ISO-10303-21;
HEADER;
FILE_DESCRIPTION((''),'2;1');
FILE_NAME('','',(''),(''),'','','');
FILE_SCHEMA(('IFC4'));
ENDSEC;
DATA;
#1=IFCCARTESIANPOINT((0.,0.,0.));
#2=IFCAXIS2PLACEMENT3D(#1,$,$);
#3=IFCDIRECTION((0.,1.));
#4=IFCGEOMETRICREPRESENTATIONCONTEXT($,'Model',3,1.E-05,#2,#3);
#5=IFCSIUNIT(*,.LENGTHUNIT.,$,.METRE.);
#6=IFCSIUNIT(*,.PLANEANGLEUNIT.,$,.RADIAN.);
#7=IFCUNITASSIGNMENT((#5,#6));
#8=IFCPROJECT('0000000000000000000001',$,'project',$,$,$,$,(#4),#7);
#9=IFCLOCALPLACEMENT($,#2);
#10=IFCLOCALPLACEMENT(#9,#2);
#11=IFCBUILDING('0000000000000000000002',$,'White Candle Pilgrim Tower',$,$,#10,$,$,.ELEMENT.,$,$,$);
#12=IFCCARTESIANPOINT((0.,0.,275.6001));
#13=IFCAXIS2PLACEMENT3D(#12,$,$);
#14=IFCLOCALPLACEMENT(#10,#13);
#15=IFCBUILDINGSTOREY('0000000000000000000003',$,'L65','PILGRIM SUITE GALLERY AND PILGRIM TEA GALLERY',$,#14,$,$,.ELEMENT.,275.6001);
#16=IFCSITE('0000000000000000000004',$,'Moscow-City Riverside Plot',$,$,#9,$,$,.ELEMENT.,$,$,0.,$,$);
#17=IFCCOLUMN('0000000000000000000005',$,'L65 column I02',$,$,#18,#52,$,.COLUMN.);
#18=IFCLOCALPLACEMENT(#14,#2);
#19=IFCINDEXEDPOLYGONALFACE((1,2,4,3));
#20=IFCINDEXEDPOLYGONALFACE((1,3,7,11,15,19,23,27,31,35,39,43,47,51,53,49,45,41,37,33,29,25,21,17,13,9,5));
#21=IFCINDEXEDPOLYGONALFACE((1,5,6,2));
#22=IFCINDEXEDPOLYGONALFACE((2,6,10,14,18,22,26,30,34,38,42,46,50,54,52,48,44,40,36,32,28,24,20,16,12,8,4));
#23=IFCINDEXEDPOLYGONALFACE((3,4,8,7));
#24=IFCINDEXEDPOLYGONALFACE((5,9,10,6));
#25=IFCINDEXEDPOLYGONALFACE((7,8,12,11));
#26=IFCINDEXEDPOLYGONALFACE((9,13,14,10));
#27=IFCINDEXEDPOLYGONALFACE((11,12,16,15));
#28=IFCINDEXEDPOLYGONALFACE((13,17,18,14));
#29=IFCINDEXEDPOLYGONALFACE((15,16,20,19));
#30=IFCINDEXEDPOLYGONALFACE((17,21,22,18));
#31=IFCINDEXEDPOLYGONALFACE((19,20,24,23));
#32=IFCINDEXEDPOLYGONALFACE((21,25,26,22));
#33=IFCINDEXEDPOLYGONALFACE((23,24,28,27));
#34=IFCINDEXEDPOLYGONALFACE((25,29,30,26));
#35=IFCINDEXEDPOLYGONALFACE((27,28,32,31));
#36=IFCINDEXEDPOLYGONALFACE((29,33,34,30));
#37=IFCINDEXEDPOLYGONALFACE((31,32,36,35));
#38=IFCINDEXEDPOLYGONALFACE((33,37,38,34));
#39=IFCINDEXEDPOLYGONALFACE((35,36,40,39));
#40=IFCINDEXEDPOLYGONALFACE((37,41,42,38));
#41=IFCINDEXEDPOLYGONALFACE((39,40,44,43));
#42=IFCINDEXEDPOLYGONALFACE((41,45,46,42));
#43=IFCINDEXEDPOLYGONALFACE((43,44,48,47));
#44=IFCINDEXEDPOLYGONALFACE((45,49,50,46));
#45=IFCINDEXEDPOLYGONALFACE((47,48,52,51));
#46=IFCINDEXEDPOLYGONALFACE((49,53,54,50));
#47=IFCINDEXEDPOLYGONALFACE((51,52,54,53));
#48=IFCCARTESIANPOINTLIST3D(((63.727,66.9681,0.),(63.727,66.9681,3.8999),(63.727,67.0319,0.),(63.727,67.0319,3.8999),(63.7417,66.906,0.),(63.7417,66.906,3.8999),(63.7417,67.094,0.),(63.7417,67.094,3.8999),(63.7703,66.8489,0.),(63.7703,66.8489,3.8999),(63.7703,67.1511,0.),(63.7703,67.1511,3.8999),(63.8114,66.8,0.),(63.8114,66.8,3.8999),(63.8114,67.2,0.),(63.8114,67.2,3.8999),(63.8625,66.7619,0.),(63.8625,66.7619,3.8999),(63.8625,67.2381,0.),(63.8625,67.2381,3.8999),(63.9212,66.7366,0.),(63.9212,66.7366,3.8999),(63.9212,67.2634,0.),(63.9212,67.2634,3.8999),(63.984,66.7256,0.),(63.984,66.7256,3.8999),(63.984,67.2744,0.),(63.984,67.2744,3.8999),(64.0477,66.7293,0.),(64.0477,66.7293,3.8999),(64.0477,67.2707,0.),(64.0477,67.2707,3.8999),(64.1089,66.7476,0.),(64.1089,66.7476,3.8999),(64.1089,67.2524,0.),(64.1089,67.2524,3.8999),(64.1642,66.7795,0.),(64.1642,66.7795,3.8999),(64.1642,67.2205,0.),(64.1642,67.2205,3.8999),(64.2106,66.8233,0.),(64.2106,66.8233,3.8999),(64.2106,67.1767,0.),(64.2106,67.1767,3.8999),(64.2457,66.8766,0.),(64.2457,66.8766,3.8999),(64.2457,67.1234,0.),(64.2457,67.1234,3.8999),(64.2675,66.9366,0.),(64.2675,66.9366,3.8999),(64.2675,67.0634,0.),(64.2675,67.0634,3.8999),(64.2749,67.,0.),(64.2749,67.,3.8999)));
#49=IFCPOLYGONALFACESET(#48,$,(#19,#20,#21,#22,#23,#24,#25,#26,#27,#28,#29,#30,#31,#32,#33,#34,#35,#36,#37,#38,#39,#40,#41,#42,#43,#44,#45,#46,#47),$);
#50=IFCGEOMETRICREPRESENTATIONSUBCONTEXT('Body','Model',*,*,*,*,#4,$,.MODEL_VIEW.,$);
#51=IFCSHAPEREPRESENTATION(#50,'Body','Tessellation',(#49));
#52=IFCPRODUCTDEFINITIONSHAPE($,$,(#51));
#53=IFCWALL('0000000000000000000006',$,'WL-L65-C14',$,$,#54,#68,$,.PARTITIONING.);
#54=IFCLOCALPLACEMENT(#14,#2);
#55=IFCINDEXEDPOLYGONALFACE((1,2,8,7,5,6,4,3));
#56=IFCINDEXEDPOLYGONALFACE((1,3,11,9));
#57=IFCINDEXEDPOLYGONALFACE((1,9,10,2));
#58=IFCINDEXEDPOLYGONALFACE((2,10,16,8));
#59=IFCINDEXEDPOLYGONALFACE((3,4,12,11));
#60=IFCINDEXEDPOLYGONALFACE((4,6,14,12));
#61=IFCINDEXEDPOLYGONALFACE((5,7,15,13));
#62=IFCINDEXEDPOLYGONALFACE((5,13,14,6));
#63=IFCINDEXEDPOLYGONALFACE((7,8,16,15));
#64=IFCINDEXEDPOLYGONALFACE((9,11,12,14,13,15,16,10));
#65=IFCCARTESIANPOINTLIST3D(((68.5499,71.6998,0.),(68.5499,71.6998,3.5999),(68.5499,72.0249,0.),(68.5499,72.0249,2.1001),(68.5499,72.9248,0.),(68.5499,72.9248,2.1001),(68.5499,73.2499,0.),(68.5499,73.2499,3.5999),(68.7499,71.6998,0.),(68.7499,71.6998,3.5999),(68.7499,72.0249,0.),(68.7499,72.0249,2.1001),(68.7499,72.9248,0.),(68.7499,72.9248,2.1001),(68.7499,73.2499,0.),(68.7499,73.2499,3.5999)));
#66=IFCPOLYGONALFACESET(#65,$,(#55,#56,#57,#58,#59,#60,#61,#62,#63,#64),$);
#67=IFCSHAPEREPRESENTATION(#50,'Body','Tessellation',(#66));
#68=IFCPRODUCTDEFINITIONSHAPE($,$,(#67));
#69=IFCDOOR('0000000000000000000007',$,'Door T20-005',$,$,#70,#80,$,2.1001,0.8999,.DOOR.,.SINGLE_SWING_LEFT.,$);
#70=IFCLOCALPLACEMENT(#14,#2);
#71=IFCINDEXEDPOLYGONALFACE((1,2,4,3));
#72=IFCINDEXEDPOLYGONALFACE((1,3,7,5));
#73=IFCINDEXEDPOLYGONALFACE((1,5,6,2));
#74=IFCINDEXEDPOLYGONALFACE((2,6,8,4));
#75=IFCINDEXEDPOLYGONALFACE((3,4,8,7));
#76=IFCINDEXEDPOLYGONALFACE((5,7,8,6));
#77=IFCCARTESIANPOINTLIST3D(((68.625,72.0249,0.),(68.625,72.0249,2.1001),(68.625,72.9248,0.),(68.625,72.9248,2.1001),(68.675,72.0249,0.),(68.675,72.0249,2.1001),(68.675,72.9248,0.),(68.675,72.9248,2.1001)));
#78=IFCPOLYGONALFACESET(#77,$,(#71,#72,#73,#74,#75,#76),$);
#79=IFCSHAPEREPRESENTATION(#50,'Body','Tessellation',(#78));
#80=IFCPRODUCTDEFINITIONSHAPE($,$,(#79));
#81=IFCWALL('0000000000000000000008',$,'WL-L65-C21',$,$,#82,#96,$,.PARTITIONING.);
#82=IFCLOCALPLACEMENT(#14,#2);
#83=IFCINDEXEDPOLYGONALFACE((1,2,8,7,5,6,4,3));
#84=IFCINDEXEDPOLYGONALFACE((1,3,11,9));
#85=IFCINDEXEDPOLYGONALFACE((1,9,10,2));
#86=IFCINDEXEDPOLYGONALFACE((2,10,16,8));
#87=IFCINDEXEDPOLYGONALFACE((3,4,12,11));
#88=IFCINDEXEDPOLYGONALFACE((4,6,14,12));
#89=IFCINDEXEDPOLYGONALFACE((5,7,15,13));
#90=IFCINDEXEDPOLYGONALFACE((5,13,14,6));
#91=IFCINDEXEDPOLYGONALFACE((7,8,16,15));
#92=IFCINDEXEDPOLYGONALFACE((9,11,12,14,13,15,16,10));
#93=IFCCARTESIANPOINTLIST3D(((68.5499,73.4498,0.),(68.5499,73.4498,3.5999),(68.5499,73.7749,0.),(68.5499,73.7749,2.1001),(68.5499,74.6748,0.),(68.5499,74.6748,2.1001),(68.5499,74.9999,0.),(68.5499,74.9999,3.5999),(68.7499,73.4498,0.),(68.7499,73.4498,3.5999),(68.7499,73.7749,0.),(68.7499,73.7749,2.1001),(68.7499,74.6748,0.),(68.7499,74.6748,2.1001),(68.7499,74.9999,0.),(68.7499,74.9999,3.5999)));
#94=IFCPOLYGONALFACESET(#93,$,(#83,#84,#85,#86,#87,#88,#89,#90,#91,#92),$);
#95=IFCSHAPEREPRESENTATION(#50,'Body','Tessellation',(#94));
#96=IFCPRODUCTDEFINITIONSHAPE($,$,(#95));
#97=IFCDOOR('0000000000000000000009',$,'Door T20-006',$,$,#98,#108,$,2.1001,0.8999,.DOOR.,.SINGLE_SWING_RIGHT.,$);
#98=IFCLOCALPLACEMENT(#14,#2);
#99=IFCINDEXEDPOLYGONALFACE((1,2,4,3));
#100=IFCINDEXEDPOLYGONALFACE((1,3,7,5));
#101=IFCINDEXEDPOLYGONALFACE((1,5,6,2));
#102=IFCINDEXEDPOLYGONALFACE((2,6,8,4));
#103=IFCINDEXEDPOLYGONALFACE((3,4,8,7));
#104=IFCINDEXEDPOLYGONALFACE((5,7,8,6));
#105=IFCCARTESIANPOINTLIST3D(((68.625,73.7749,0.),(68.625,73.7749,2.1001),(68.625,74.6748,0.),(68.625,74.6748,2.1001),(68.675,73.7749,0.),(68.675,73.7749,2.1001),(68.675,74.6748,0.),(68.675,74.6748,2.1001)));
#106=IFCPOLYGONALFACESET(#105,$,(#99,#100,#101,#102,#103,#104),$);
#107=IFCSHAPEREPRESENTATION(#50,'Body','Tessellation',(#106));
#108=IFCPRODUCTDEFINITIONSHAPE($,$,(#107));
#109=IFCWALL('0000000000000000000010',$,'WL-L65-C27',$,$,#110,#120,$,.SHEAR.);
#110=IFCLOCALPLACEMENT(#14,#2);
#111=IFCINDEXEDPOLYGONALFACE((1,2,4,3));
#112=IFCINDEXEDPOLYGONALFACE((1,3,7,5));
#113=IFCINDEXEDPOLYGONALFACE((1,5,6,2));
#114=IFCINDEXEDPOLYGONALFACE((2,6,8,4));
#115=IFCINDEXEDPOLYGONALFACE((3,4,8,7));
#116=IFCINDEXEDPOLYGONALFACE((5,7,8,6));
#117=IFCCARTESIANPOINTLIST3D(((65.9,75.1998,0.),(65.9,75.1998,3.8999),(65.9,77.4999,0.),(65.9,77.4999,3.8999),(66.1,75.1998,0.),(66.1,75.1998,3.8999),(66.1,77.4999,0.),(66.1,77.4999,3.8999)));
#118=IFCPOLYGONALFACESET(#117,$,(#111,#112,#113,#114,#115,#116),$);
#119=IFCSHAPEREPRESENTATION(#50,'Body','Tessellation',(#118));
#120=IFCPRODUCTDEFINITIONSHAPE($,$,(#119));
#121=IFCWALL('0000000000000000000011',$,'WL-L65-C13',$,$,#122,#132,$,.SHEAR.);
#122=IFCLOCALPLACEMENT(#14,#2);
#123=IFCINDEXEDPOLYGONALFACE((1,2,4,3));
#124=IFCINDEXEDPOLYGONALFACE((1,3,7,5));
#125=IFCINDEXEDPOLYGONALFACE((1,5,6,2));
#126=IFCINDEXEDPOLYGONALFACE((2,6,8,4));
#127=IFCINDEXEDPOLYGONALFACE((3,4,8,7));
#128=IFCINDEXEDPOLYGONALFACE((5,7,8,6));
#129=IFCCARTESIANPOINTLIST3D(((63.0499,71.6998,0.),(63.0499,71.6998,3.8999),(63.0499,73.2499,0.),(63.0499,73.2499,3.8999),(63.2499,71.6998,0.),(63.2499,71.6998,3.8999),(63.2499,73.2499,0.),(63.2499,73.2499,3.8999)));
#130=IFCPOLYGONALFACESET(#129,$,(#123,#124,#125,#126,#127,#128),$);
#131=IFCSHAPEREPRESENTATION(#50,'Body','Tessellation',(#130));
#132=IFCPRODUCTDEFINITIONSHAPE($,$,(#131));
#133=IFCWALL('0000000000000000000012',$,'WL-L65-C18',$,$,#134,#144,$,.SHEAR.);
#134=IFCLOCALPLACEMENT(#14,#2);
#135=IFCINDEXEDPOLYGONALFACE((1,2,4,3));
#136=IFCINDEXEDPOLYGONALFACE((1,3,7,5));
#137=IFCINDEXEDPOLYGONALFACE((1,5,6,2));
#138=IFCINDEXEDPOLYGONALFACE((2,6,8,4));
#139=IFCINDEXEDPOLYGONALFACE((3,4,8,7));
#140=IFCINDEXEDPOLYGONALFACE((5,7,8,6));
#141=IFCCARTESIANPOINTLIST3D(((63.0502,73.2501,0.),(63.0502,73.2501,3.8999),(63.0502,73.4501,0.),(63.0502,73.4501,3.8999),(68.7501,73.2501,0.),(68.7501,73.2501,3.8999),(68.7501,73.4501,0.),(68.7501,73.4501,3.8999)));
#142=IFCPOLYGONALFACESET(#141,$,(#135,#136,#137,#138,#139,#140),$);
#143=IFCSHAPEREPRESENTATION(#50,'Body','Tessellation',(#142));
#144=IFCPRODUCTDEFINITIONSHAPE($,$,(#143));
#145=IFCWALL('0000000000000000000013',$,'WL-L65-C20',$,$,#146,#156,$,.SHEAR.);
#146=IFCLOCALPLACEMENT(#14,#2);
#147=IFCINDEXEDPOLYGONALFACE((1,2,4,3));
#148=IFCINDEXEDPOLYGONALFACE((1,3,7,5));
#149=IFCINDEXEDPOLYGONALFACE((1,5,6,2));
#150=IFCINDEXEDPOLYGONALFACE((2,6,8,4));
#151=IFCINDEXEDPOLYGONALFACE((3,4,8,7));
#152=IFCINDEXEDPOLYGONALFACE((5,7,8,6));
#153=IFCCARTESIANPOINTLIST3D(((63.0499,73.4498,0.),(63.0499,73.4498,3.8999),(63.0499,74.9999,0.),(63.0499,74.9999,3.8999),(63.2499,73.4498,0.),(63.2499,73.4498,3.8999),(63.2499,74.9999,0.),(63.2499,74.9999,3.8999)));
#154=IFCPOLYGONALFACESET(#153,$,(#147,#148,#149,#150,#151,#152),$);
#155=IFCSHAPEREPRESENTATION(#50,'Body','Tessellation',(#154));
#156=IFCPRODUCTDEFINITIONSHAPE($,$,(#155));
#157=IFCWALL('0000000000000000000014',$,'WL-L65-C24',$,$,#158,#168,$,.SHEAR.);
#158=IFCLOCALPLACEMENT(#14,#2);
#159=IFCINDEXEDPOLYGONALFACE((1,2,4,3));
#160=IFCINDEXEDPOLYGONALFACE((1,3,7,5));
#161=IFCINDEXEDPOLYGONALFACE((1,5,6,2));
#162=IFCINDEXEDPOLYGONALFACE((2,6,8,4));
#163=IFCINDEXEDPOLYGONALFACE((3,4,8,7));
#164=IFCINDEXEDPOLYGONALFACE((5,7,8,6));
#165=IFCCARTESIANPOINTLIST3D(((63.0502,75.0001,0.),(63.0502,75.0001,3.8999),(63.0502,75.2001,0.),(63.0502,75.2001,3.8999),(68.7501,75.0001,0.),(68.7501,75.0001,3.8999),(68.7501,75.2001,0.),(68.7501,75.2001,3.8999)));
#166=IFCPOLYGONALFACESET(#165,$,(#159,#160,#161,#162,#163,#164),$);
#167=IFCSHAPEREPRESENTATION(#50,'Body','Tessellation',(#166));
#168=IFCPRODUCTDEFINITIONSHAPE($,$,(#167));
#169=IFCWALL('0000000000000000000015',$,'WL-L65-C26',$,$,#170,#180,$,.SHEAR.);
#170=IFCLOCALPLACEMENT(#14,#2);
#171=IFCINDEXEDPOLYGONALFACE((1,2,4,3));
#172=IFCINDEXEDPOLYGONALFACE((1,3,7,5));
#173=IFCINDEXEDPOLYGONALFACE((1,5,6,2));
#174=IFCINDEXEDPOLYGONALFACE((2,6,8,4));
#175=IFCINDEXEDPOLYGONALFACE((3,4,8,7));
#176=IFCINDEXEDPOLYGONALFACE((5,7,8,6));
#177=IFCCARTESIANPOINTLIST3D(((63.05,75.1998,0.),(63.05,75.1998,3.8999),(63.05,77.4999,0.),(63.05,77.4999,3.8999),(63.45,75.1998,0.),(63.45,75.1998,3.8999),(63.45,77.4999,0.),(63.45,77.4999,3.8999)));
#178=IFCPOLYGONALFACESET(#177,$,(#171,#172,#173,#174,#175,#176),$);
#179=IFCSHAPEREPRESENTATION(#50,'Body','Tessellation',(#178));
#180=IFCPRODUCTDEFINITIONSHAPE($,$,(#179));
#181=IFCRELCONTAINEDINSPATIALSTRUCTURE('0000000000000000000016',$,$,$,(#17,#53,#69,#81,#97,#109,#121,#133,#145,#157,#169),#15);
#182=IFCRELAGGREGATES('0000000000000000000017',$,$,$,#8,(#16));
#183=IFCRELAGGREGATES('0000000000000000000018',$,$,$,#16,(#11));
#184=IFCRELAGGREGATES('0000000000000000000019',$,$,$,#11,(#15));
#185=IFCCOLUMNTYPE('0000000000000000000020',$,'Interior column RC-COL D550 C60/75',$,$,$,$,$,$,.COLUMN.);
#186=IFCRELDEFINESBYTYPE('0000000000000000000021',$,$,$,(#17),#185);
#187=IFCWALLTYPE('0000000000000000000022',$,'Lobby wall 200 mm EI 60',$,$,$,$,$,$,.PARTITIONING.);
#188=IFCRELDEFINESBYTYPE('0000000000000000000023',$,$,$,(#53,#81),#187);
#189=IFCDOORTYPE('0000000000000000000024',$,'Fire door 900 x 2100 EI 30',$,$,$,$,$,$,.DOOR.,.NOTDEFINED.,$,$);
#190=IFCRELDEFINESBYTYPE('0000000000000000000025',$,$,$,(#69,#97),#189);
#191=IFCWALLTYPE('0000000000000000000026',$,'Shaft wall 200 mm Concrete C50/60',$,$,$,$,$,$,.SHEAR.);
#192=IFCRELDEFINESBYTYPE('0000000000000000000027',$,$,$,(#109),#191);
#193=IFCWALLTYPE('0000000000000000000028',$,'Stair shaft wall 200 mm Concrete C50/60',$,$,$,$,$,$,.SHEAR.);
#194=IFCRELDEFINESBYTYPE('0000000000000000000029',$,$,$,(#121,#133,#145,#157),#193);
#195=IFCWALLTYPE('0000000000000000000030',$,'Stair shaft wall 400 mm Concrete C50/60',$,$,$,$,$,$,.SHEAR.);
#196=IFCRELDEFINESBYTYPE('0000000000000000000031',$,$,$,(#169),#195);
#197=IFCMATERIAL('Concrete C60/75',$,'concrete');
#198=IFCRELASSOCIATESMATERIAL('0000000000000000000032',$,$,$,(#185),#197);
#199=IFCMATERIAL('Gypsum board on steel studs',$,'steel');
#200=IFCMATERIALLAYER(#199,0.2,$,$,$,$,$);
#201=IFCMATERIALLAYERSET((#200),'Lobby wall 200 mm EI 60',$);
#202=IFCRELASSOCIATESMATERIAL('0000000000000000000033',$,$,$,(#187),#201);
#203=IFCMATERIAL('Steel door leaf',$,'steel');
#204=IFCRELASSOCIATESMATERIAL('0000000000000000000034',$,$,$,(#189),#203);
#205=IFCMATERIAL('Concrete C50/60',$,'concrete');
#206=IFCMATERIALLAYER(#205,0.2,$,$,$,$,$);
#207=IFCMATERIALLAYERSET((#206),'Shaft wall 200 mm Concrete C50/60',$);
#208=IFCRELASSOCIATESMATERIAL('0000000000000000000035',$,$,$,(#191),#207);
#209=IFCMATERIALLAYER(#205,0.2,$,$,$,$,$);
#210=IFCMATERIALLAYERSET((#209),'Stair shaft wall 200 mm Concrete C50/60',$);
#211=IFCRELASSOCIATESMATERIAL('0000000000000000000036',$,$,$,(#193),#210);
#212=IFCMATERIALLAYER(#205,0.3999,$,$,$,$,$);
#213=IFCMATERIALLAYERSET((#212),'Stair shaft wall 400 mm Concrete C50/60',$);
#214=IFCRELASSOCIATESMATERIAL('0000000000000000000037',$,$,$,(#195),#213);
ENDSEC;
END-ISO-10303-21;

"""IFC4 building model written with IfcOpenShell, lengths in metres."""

from ifc_helpers import new_model, si_unit, direction, frame, frame_2d, origin, origin_2d, place, context, subcontext, project, spatial, rectangle, circle, extrude, material, layer, layer_set, material_profile, profile_set, type_object, element, fill, save


model = new_model("IFC4")

# Units and contexts
model_context = context("Model", 3, precision=1e-05, world=origin(), true_north=direction((0.0, 1.0)))
body_context = subcontext(model_context, "Body", "Model", "MODEL_VIEW")
ifc_project = project(units=[si_unit("LENGTHUNIT", "METRE"), si_unit("PLANEANGLEUNIT", "RADIAN")], contexts=[model_context])

# Site, building, storey
site_placement = place(None, origin())
site = spatial("IfcSite", under=ifc_project, at=site_placement, Name="Moscow-City Riverside Plot", CompositionType="ELEMENT", RefElevation=0.0)
building_placement = place(site_placement, origin())
building = spatial("IfcBuilding", under=site, at=building_placement, Name="White Candle Pilgrim Tower", CompositionType="ELEMENT")
storey_placement = place(building_placement, frame((0.0, 0.0, 275.6001)))
storey = spatial("IfcBuildingStorey", under=building, at=storey_placement, Name="L65", Description="PILGRIM SUITE GALLERY AND PILGRIM TEA GALLERY", CompositionType="ELEMENT", Elevation=275.6001)

# Column
ifc_material_1 = material(Name="Concrete C60/75", Category="concrete")
ifc_material_profile = material_profile(ifc_material_1, circle(Radius=0.2749, at=origin_2d()), Name="RC-COL D550")
ifc_profile_set = profile_set([ifc_material_profile], Name="Concrete C60/75")
column_type = type_object("IfcColumnType", Name="Interior column RC-COL D550 C60/75", PredefinedType="COLUMN", material=ifc_profile_set)
column_placement = place(storey_placement, frame((64.0, 67.0, 0.0), z_axis=(0.0, 0.0, 1.0), x_axis=(1.0, 0.0, 0.0)))
element("IfcColumn", 1, at=column_placement, inside=storey, type_object=column_type, Name="L65 column I02", PredefinedType="COLUMN", context=body_context, shape_type="SweptSolid", body=[
    extrude(circle(Radius=0.2749, at=origin_2d()), origin(), (0.0, 0.0, 1.0), 3.8999),
])

# Walls, openings, doors
ifc_material_2 = material(Name="Gypsum board on steel studs", Category="steel")
ifc_layer_1 = layer(ifc_material_2, 0.2)
ifc_layer_set_1 = layer_set([ifc_layer_1], Name="Lobby wall 200 mm EI 60")
wall_type_1 = type_object("IfcWallType", Name="Lobby wall 200 mm EI 60", PredefinedType="PARTITIONING", material=ifc_layer_set_1)
wall_1_placement = place(storey_placement, frame((68.6499, 71.7, 0.0), z_axis=(0.0, 0.0, 1.0), x_axis=(0.0, 1.0, 0.0)))
wall_1 = element("IfcWall", 2, at=wall_1_placement, inside=storey, type_object=wall_type_1, Name="WL-L65-C14", PredefinedType="PARTITIONING", context=body_context, shape_type="SweptSolid", body=[
    extrude(rectangle(XDim=1.55, YDim=0.2, at=frame_2d((0.7749, 0.0))), origin(), (0.0, 0.0, 1.0), 3.5999),
])
opening_1_placement = place(wall_1_placement, frame((0.325, 0.0, 0.0)))
opening_1 = element("IfcOpeningElement", 3, at=opening_1_placement, cuts=wall_1, PredefinedType="OPENING", context=body_context, shape_type="SweptSolid", body=[
    extrude(rectangle(XDim=0.8999, YDim=2.1001, at=frame_2d((0.45, 1.05))), frame((0.0, 0.1099, 0.0), z_axis=(0.0, -1.0, 0.0), x_axis=(1.0, 0.0, 0.0)), (0.0, 0.0, 1.0), 0.22),
])
ifc_material_3 = material(Name="Steel door leaf", Category="steel")
door_type = type_object("IfcDoorType", Name="Fire door 900 x 2100 EI 30", OperationType="NOTDEFINED", PredefinedType="DOOR", material=ifc_material_3)
door_1_placement = place(opening_1_placement, origin())
door_1 = element("IfcDoor", 4, at=door_1_placement, inside=storey, type_object=door_type, Name="Door T20-005", OperationType="SINGLE_SWING_LEFT", OverallHeight=2.1001, OverallWidth=0.8999, PredefinedType="DOOR", context=body_context, shape_type="SweptSolid", body=[
    extrude(rectangle(XDim=0.8999, YDim=2.1001, at=frame_2d((0.45, 1.05))), frame((0.0, 0.0249, 0.0), z_axis=(0.0, -1.0, 0.0), x_axis=(1.0, 0.0, 0.0)), (0.0, 0.0, 1.0), 0.05),
])
fill(opening_1, door_1)
wall_2_placement = place(storey_placement, frame((68.6499, 73.45, 0.0), z_axis=(0.0, 0.0, 1.0), x_axis=(0.0, 1.0, 0.0)))
wall_2 = element("IfcWall", 5, at=wall_2_placement, inside=storey, type_object=wall_type_1, Name="WL-L65-C21", PredefinedType="PARTITIONING", context=body_context, shape_type="SweptSolid", body=[
    extrude(rectangle(XDim=1.55, YDim=0.2, at=frame_2d((0.7749, 0.0))), origin(), (0.0, 0.0, 1.0), 3.5999),
])
opening_2_placement = place(wall_2_placement, frame((0.325, 0.0, 0.0)))
opening_2 = element("IfcOpeningElement", 6, at=opening_2_placement, cuts=wall_2, PredefinedType="OPENING", context=body_context, shape_type="SweptSolid", body=[
    extrude(rectangle(XDim=0.8999, YDim=2.1001, at=frame_2d((0.45, 1.05))), frame((0.0, 0.1099, 0.0), z_axis=(0.0, -1.0, 0.0), x_axis=(1.0, 0.0, 0.0)), (0.0, 0.0, 1.0), 0.22),
])
door_2_placement = place(opening_2_placement, origin())
door_2 = element("IfcDoor", 7, at=door_2_placement, inside=storey, type_object=door_type, Name="Door T20-006", OperationType="SINGLE_SWING_RIGHT", OverallHeight=2.1001, OverallWidth=0.8999, PredefinedType="DOOR", context=body_context, shape_type="SweptSolid", body=[
    extrude(rectangle(XDim=0.8999, YDim=2.1001, at=frame_2d((0.45, 1.05))), frame((0.0, 0.0249, 0.0), z_axis=(0.0, -1.0, 0.0), x_axis=(1.0, 0.0, 0.0)), (0.0, 0.0, 1.0), 0.05),
])
fill(opening_2, door_2)

# Walls
ifc_material_4 = material(Name="Concrete C50/60", Category="concrete")
ifc_layer_2 = layer(ifc_material_4, 0.2)
ifc_layer_set_2 = layer_set([ifc_layer_2], Name="Shaft wall 200 mm Concrete C50/60")
wall_type_2 = type_object("IfcWallType", Name="Shaft wall 200 mm Concrete C50/60", PredefinedType="SHEAR", material=ifc_layer_set_2)
wall_3_placement = place(storey_placement, frame((66.0, 75.2, 0.0), z_axis=(0.0, 0.0, 1.0), x_axis=(0.0, 1.0, 0.0)))
element("IfcWall", 8, at=wall_3_placement, inside=storey, type_object=wall_type_2, Name="WL-L65-C27", PredefinedType="SHEAR", context=body_context, shape_type="SweptSolid", body=[
    extrude(rectangle(XDim=2.3, YDim=0.2, at=frame_2d((1.1499, 0.0))), origin(), (0.0, 0.0, 1.0), 3.8999),
])
ifc_layer_3 = layer(ifc_material_4, 0.2)
ifc_layer_set_3 = layer_set([ifc_layer_3], Name="Stair shaft wall 200 mm Concrete C50/60")
wall_type_3 = type_object("IfcWallType", Name="Stair shaft wall 200 mm Concrete C50/60", PredefinedType="SHEAR", material=ifc_layer_set_3)
wall_4_placement = place(storey_placement, frame((63.1499, 71.7, 0.0), z_axis=(0.0, 0.0, 1.0), x_axis=(0.0, 1.0, 0.0)))
element("IfcWall", 9, at=wall_4_placement, inside=storey, type_object=wall_type_3, Name="WL-L65-C13", PredefinedType="SHEAR", context=body_context, shape_type="SweptSolid", body=[
    extrude(rectangle(XDim=1.55, YDim=0.2, at=frame_2d((0.7749, 0.0))), origin(), (0.0, 0.0, 1.0), 3.8999),
])
wall_5_placement = place(storey_placement, frame((63.05, 73.3501, 0.0), z_axis=(0.0, 0.0, 1.0), x_axis=(1.0, 0.0, 0.0)))
element("IfcWall", 10, at=wall_5_placement, inside=storey, type_object=wall_type_3, Name="WL-L65-C18", PredefinedType="SHEAR", context=body_context, shape_type="SweptSolid", body=[
    extrude(rectangle(XDim=5.7, YDim=0.2, at=frame_2d((2.8501, 0.0))), origin(), (0.0, 0.0, 1.0), 3.8999),
])
wall_6_placement = place(storey_placement, frame((63.1499, 73.45, 0.0), z_axis=(0.0, 0.0, 1.0), x_axis=(0.0, 1.0, 0.0)))
element("IfcWall", 11, at=wall_6_placement, inside=storey, type_object=wall_type_3, Name="WL-L65-C20", PredefinedType="SHEAR", context=body_context, shape_type="SweptSolid", body=[
    extrude(rectangle(XDim=1.55, YDim=0.2, at=frame_2d((0.7749, 0.0))), origin(), (0.0, 0.0, 1.0), 3.8999),
])
wall_7_placement = place(storey_placement, frame((63.05, 75.1001, 0.0), z_axis=(0.0, 0.0, 1.0), x_axis=(1.0, 0.0, 0.0)))
element("IfcWall", 12, at=wall_7_placement, inside=storey, type_object=wall_type_3, Name="WL-L65-C24", PredefinedType="SHEAR", context=body_context, shape_type="SweptSolid", body=[
    extrude(rectangle(XDim=5.7, YDim=0.2, at=frame_2d((2.8501, 0.0))), origin(), (0.0, 0.0, 1.0), 3.8999),
])
ifc_layer_4 = layer(ifc_material_4, 0.3999)
ifc_layer_set_4 = layer_set([ifc_layer_4], Name="Stair shaft wall 400 mm Concrete C50/60")
wall_type_4 = type_object("IfcWallType", Name="Stair shaft wall 400 mm Concrete C50/60", PredefinedType="SHEAR", material=ifc_layer_set_4)
wall_8_placement = place(storey_placement, frame((63.25, 75.2, 0.0), z_axis=(0.0, 0.0, 1.0), x_axis=(0.0, 1.0, 0.0)))
element("IfcWall", 13, at=wall_8_placement, inside=storey, type_object=wall_type_4, Name="WL-L65-C26", PredefinedType="SHEAR", context=body_context, shape_type="SweptSolid", body=[
    extrude(rectangle(XDim=2.3, YDim=0.3999, at=frame_2d((1.1499, 0.0))), origin(), (0.0, 0.0, 1.0), 3.8999),
])

save(model, "model.ifc")
